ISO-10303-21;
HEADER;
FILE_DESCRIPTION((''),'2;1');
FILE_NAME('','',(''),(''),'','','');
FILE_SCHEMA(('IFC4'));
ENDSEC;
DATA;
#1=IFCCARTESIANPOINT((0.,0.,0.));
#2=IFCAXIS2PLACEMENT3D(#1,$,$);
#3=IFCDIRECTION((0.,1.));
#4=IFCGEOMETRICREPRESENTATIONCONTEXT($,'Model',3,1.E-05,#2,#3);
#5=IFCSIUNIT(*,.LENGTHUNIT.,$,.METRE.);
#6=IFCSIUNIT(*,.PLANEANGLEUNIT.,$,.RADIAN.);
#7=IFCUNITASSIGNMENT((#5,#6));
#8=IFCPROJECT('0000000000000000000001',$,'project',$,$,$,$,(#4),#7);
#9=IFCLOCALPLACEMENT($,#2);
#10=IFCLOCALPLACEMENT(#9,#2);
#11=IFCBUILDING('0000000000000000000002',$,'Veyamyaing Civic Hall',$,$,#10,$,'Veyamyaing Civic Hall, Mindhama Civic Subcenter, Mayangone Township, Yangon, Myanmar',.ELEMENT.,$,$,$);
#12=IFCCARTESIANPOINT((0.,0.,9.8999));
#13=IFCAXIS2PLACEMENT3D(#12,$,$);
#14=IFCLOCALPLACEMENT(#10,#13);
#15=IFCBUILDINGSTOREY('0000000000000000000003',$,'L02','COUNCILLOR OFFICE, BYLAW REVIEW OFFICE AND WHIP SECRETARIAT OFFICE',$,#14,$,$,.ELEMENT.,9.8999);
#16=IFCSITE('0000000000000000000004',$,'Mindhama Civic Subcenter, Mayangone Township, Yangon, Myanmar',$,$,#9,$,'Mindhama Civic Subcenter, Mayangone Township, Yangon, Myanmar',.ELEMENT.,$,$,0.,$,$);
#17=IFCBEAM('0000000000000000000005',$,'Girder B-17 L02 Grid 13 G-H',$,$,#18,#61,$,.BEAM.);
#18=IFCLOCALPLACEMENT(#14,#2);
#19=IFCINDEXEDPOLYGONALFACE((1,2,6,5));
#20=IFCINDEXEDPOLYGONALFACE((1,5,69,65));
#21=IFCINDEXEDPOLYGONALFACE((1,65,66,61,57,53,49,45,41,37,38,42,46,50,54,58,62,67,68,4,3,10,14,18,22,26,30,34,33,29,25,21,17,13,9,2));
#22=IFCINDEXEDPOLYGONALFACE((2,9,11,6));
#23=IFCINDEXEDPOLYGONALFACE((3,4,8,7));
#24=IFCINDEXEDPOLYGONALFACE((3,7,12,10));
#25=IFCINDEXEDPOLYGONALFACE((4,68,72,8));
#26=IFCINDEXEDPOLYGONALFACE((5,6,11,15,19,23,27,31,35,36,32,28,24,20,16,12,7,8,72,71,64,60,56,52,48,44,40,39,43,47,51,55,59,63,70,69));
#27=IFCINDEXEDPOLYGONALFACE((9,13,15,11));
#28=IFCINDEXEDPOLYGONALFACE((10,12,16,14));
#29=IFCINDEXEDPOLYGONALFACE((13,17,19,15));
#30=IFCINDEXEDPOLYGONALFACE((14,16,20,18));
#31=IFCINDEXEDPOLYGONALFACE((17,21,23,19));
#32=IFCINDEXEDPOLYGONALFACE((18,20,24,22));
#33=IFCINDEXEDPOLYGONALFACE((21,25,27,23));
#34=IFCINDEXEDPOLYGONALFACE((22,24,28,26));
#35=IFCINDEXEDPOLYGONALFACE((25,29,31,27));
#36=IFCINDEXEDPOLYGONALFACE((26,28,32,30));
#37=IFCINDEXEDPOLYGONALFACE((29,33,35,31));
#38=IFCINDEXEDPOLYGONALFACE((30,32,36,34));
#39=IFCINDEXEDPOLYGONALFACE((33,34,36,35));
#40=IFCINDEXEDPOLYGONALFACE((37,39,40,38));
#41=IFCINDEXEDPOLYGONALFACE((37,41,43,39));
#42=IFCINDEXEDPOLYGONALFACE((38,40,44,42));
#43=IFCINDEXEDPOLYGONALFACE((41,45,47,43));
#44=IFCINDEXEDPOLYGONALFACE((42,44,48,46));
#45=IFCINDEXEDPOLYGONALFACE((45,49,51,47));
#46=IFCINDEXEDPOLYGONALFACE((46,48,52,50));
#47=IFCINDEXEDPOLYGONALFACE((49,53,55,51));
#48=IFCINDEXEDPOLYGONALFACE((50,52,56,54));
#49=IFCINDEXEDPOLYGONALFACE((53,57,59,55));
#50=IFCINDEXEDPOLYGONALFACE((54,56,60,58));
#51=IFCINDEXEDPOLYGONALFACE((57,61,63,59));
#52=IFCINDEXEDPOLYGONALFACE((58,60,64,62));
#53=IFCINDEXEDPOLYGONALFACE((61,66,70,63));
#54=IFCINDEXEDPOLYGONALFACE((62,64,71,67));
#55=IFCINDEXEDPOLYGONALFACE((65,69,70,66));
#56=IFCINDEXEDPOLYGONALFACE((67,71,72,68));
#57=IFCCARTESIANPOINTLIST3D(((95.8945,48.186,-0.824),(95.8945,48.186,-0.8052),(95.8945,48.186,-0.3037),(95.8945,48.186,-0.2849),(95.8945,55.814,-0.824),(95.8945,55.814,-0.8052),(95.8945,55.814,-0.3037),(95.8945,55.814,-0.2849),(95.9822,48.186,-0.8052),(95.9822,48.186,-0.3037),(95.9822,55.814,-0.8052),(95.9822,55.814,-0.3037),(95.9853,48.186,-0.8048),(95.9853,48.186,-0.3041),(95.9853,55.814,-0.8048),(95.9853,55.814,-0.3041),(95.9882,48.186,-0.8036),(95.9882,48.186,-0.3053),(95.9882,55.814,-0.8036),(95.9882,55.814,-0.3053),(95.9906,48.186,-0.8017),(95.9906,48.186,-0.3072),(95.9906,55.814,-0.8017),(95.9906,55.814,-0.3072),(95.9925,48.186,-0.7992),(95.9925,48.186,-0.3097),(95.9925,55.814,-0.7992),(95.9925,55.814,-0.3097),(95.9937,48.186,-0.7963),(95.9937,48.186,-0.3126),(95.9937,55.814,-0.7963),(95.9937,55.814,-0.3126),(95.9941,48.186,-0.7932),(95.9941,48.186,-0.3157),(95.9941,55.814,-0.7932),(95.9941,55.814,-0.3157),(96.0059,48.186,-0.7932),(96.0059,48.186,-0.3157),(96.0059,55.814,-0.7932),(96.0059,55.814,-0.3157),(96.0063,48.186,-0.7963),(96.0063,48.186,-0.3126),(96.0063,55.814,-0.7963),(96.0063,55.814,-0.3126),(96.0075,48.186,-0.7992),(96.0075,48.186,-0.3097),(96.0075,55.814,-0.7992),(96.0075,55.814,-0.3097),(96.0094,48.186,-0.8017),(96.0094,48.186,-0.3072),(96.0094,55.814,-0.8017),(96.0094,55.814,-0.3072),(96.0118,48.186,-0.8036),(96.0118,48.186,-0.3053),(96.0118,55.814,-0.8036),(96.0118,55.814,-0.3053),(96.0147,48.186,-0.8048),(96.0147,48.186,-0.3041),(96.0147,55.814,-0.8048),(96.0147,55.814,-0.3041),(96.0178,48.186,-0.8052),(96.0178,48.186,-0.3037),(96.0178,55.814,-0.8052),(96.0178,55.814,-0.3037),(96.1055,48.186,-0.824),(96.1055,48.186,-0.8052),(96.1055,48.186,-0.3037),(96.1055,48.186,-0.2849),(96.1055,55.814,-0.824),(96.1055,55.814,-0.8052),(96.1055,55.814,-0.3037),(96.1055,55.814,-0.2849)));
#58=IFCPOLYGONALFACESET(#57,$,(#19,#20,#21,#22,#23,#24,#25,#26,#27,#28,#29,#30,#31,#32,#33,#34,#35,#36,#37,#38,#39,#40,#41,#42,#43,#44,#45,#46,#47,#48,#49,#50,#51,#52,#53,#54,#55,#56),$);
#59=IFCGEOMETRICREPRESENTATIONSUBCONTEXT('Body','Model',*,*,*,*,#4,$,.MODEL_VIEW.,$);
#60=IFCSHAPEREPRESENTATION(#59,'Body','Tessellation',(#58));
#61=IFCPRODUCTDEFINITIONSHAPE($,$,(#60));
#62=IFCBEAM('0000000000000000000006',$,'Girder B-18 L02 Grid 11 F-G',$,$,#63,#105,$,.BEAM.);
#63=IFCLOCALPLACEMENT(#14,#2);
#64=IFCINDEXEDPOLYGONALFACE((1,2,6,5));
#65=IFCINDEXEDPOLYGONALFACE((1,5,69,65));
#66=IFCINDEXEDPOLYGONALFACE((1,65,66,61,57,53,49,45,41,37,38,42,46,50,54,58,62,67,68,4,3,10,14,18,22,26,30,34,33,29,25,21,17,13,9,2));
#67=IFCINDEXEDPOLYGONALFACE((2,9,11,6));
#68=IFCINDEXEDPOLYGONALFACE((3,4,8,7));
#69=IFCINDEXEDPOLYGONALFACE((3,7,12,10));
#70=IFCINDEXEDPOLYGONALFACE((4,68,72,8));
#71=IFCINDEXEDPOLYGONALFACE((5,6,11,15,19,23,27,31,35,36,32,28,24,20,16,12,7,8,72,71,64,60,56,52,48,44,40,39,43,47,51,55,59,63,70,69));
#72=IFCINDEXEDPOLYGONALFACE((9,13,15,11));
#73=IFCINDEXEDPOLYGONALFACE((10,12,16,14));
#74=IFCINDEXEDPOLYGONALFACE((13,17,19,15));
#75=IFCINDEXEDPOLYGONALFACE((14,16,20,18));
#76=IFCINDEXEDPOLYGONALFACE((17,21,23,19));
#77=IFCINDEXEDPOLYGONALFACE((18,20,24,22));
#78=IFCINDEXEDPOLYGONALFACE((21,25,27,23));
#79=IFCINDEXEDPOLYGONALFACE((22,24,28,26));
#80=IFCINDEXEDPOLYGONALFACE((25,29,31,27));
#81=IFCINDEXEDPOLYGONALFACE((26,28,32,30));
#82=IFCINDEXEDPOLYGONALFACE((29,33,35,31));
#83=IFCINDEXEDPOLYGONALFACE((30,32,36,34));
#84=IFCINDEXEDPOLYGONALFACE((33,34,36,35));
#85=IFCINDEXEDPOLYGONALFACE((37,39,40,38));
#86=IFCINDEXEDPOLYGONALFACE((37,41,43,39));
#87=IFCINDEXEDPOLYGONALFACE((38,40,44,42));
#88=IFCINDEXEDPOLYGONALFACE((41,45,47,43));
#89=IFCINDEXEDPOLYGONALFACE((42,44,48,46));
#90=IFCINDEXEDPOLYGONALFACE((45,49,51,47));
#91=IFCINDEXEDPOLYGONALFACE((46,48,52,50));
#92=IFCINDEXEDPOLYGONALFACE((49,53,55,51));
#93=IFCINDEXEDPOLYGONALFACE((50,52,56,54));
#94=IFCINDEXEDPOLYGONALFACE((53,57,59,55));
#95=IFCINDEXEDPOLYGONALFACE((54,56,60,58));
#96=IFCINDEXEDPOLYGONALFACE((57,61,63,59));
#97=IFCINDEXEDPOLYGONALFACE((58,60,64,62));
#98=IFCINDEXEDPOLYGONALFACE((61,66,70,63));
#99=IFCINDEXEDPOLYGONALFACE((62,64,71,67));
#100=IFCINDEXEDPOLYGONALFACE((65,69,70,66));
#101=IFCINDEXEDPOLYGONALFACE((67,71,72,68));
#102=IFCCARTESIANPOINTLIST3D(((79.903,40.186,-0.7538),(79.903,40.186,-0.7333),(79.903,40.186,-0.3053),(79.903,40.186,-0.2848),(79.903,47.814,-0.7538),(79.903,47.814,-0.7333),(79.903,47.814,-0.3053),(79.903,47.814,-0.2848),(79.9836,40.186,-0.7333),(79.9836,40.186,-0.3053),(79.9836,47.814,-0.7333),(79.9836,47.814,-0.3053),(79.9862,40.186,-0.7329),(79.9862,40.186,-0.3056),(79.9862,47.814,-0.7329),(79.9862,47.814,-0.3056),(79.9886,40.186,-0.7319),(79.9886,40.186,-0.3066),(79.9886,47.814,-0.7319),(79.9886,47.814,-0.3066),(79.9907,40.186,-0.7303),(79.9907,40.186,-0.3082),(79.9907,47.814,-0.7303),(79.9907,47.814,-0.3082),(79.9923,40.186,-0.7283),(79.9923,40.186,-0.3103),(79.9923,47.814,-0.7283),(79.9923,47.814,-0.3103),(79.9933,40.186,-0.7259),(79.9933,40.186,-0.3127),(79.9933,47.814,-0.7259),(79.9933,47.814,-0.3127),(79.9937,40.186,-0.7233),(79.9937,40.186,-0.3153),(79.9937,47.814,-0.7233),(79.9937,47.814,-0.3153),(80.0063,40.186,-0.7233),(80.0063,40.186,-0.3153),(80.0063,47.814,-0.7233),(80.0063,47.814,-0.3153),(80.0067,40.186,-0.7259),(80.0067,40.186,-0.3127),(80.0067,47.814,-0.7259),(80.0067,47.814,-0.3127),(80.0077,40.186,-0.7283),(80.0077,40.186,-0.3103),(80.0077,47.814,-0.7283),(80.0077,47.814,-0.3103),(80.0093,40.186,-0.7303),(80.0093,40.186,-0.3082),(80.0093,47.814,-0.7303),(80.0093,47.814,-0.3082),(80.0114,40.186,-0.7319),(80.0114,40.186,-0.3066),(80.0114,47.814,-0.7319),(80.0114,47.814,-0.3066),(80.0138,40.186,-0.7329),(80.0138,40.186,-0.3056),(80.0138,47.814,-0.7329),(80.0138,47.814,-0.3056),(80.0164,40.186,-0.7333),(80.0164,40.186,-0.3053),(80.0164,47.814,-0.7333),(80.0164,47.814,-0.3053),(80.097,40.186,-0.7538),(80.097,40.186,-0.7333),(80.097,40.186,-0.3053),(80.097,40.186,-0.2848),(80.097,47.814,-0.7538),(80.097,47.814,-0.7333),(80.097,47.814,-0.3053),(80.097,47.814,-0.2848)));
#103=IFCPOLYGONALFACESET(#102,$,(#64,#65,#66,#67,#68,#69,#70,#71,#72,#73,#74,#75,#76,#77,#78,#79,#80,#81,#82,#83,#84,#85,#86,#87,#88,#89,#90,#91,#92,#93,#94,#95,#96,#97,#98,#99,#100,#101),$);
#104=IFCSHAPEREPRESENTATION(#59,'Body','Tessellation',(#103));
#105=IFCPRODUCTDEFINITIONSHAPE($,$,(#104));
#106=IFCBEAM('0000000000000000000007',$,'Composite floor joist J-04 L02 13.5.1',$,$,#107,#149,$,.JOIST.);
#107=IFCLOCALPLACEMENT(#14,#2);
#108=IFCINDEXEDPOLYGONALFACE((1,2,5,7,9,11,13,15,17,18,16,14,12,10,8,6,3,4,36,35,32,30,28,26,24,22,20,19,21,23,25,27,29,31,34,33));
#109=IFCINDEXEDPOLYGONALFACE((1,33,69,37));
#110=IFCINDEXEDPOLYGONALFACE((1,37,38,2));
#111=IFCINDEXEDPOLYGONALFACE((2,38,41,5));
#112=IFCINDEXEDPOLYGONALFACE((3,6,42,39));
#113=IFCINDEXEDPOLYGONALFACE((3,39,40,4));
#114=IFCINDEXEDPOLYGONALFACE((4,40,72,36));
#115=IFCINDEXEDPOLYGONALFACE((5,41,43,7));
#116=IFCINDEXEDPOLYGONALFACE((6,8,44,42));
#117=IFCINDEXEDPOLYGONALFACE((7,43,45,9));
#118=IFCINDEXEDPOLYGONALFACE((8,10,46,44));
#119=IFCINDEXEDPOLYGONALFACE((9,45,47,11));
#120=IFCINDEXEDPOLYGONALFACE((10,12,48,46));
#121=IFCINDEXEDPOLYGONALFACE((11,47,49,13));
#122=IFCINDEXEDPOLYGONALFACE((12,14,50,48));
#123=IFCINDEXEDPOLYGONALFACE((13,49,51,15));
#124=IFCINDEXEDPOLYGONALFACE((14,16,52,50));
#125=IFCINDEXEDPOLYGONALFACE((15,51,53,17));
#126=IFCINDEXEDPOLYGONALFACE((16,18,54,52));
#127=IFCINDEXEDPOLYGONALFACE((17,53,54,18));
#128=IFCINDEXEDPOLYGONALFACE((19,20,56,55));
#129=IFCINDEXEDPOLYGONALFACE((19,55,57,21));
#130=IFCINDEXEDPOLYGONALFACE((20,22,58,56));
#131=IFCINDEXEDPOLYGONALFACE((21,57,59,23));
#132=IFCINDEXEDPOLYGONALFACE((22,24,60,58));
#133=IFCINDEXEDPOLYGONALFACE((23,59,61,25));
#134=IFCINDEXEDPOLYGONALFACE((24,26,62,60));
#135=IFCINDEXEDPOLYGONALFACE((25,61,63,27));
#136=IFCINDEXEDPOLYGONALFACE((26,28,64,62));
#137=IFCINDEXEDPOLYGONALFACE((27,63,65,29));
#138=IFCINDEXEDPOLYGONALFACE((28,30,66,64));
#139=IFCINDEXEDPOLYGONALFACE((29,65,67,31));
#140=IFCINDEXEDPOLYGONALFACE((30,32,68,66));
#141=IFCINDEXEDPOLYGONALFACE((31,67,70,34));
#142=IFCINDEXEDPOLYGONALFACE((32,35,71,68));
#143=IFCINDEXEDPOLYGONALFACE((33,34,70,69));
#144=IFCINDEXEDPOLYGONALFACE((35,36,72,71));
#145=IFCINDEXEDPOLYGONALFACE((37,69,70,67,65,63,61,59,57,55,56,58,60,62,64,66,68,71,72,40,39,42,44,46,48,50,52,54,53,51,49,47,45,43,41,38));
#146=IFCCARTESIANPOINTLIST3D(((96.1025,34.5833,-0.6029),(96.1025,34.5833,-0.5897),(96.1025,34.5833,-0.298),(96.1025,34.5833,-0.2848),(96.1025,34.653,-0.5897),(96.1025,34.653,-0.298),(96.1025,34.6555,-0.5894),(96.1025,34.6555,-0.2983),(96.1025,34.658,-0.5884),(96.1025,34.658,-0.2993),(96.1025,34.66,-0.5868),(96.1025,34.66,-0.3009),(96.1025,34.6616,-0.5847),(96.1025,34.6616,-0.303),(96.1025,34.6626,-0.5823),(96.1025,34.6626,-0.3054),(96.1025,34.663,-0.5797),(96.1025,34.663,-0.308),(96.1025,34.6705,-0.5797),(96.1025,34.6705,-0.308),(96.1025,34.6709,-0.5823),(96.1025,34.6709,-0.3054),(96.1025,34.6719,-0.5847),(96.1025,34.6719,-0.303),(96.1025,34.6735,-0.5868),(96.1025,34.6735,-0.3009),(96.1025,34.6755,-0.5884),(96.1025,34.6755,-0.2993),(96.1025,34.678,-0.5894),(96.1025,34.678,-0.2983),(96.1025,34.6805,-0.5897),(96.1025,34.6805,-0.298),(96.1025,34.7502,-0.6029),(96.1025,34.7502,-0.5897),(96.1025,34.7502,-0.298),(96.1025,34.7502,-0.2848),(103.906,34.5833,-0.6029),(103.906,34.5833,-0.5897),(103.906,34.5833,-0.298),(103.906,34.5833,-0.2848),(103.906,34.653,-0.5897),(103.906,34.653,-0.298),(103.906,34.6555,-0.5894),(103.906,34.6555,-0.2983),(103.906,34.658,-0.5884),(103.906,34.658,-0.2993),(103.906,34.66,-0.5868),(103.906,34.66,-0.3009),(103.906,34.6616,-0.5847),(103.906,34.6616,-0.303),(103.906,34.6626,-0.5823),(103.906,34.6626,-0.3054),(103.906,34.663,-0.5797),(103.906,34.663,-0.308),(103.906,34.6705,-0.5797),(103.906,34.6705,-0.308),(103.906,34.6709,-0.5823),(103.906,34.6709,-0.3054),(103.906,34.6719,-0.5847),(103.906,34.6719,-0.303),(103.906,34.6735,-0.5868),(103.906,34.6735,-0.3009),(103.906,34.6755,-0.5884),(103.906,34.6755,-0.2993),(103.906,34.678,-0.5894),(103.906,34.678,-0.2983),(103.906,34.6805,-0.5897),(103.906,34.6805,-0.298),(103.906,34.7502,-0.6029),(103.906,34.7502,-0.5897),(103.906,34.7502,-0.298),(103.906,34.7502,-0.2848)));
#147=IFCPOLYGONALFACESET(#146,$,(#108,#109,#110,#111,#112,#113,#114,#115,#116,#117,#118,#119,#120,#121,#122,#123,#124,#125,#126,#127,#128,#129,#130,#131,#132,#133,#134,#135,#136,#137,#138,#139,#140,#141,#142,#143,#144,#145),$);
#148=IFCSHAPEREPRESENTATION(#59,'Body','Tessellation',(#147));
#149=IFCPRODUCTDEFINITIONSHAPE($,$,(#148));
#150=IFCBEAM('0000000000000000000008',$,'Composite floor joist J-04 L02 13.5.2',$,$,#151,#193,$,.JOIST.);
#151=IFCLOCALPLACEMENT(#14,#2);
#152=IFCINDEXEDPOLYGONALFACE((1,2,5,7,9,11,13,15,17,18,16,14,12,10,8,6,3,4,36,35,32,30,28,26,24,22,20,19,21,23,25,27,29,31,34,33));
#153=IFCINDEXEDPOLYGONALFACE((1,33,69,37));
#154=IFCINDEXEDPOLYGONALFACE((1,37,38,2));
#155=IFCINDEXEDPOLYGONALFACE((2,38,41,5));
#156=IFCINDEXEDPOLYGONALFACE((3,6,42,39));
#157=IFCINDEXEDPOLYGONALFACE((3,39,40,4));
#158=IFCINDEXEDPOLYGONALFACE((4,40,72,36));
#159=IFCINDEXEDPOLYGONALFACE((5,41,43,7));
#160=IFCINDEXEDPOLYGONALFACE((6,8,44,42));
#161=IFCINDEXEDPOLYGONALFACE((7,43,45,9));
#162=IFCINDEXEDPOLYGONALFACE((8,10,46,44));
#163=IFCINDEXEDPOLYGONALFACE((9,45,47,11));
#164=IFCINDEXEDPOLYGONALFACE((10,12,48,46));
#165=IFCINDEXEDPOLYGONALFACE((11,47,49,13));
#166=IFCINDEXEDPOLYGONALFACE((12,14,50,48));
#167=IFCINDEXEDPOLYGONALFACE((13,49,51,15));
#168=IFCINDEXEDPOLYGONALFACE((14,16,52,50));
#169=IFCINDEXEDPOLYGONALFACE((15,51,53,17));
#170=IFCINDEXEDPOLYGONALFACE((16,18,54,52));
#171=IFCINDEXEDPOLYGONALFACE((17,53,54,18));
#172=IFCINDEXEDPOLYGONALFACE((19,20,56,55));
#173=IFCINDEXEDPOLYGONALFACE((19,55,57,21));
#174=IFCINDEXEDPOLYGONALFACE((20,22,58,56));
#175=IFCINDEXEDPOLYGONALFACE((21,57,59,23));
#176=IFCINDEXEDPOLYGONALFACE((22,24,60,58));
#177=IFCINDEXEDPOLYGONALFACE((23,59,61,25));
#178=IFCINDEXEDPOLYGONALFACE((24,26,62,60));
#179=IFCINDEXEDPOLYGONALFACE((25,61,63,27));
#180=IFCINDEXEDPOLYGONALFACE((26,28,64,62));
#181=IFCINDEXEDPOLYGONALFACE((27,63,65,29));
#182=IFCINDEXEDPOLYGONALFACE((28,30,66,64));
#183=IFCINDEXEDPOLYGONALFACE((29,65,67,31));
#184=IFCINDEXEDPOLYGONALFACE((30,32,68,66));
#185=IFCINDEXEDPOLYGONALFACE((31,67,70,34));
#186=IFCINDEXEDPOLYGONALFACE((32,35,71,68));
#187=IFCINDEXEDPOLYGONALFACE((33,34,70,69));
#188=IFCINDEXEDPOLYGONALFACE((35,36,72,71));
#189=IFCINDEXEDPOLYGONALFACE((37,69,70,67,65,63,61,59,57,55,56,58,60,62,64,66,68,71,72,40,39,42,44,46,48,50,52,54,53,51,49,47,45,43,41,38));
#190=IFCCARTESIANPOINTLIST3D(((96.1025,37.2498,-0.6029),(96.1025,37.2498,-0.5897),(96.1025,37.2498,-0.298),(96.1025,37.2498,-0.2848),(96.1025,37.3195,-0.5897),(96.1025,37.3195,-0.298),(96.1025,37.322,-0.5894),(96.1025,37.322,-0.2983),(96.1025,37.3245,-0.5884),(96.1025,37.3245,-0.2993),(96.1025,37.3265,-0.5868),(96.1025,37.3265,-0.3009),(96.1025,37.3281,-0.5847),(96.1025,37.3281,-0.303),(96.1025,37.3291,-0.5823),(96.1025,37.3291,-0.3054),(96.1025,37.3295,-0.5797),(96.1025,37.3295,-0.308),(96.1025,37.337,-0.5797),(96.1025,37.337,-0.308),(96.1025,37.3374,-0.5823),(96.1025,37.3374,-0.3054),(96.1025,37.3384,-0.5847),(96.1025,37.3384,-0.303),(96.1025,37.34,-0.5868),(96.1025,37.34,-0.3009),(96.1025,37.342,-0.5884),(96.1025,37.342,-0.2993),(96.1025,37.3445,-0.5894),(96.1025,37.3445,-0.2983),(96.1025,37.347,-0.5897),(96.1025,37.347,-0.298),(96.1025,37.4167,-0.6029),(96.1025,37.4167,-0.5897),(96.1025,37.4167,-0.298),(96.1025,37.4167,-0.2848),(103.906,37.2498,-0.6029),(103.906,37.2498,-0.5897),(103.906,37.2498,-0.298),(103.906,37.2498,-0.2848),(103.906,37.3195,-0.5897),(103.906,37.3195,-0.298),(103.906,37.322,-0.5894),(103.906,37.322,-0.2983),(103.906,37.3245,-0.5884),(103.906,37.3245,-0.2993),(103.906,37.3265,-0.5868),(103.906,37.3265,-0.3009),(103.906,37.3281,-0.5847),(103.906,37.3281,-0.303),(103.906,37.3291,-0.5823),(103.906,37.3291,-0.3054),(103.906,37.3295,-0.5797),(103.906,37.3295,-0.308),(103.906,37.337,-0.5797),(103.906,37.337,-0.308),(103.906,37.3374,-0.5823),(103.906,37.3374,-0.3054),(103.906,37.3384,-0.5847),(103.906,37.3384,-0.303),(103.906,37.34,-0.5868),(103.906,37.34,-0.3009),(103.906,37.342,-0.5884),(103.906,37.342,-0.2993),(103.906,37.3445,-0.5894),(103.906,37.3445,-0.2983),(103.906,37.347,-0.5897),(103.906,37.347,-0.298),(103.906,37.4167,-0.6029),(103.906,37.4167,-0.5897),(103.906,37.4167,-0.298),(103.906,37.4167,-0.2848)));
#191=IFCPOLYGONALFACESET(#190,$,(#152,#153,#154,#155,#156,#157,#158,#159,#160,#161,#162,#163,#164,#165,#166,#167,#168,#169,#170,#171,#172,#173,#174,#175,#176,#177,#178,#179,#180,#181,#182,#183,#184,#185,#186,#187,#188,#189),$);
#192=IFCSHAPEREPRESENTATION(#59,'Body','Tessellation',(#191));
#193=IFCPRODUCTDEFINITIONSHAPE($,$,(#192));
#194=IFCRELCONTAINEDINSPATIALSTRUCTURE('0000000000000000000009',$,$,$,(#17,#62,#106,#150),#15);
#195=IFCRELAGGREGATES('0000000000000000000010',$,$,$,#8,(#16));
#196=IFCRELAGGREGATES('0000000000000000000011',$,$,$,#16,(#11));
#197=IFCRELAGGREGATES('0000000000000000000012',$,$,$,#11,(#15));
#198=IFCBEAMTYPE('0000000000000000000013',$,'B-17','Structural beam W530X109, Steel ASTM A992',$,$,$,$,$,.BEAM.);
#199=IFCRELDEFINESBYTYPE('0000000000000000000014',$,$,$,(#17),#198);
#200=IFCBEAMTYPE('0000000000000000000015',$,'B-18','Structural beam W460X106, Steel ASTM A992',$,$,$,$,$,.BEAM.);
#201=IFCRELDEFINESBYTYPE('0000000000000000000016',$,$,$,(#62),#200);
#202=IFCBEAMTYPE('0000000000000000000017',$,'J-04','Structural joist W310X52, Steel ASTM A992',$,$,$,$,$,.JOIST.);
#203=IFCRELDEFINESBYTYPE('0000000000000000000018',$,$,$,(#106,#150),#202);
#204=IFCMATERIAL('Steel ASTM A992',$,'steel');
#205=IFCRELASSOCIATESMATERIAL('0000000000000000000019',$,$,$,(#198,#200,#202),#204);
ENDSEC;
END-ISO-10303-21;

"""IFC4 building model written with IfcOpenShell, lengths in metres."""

from ifc_helpers import new_model, si_unit, direction, frame, origin, origin_2d, place, context, subcontext, project, spatial, i_section, extrude, material, material_profile, profile_set, type_object, element, save


model = new_model("IFC4")

# Units and contexts
model_context = context("Model", 3, precision=1e-05, world=origin(), true_north=direction((0.0, 1.0)))
body_context = subcontext(model_context, "Body", "Model", "MODEL_VIEW")
ifc_project = project(units=[si_unit("LENGTHUNIT", "METRE"), si_unit("PLANEANGLEUNIT", "RADIAN")], contexts=[model_context])

# Site, building, storey
site_placement = place(None, origin())
site = spatial("IfcSite", under=ifc_project, at=site_placement, Name="Mindhama Civic Subcenter, Mayangone Township, Yangon, Myanmar", LongName="Mindhama Civic Subcenter, Mayangone Township, Yangon, Myanmar", CompositionType="ELEMENT", RefElevation=0.0)
building_placement = place(site_placement, origin())
building = spatial("IfcBuilding", under=site, at=building_placement, Name="Veyamyaing Civic Hall", LongName="Veyamyaing Civic Hall, Mindhama Civic Subcenter, Mayangone Township, Yangon, Myanmar", CompositionType="ELEMENT")
storey_placement = place(building_placement, frame((0.0, 0.0, 9.8999)))
storey = spatial("IfcBuildingStorey", under=building, at=storey_placement, Name="L02", Description="COUNCILLOR OFFICE, BYLAW REVIEW OFFICE AND WHIP SECRETARIAT OFFICE", CompositionType="ELEMENT", Elevation=9.8999)

# Beams
ifc_material_1 = material(Name="Steel ASTM A992", Category="steel")
ifc_material_profile_1 = material_profile(ifc_material_1, i_section(OverallWidth=0.2109, OverallDepth=0.5391, WebThickness=0.0117, FlangeThickness=0.0188, FilletRadius=0.012, at=origin_2d()), Name="W530X109")
ifc_profile_set_1 = profile_set([ifc_material_profile_1], Name="Steel ASTM A992")
beam_type_1 = type_object("IfcBeamType", Name="B-17", Description="Structural beam W530X109, Steel ASTM A992", PredefinedType="BEAM", material=ifc_profile_set_1)
for number, where, z_axis, x_axis, name in (
    (1, (96.0, 48.186, -0.5544), (0.0, 1.0, 0.0), (-1.0, 0.0, 0.0), "Girder B-17 L02 Grid 13 G-H"),
):
    element("IfcBeam", number, at=place(storey_placement, frame(where, z_axis=z_axis, x_axis=x_axis)), inside=storey, type_object=beam_type_1, Name=name, PredefinedType="BEAM", context=body_context, shape_type="SweptSolid", body=[
        extrude(i_section(OverallWidth=0.2109, OverallDepth=0.5391, WebThickness=0.0117, FlangeThickness=0.0188, FilletRadius=0.012, at=origin_2d()), origin(), (0.0, 0.0, 1.0), 7.6279),
    ])
ifc_material_profile_2 = material_profile(ifc_material_1, i_section(OverallWidth=0.1941, OverallDepth=0.469, WebThickness=0.0127, FlangeThickness=0.0205, FilletRadius=0.01, at=origin_2d()), Name="W460X106")
ifc_profile_set_2 = profile_set([ifc_material_profile_2], Name="Steel ASTM A992")
beam_type_2 = type_object("IfcBeamType", Name="B-18", Description="Structural beam W460X106, Steel ASTM A992", PredefinedType="BEAM", material=ifc_profile_set_2)
beam_1_placement = place(storey_placement, frame((80.0, 40.186, -0.5193), z_axis=(0.0, 1.0, 0.0), x_axis=(-1.0, 0.0, 0.0)))
element("IfcBeam", 2, at=beam_1_placement, inside=storey, type_object=beam_type_2, Name="Girder B-18 L02 Grid 11 F-G", PredefinedType="BEAM", context=body_context, shape_type="SweptSolid", body=[
    extrude(i_section(OverallWidth=0.1941, OverallDepth=0.469, WebThickness=0.0127, FlangeThickness=0.0205, FilletRadius=0.01, at=origin_2d()), origin(), (0.0, 0.0, 1.0), 7.6279),
])
ifc_material_profile_3 = material_profile(ifc_material_1, i_section(OverallWidth=0.167, OverallDepth=0.3181, WebThickness=0.0076, FlangeThickness=0.0132, FilletRadius=0.01, at=origin_2d()), Name="W310X52")
ifc_profile_set_3 = profile_set([ifc_material_profile_3], Name="Steel ASTM A992")
beam_type_3 = type_object("IfcBeamType", Name="J-04", Description="Structural joist W310X52, Steel ASTM A992", PredefinedType="JOIST", material=ifc_profile_set_3)
for number, where, z_axis, x_axis, name in (
    (3, (96.1025, 34.6667, -0.4438), (1.0, 0.0, 0.0), (0.0, 1.0, 0.0), "Composite floor joist J-04 L02 13.5.1"),
    (4, (96.1025, 37.3333, -0.4438), (1.0, 0.0, 0.0), (0.0, 1.0, 0.0), "Composite floor joist J-04 L02 13.5.2"),
):
    element("IfcBeam", number, at=place(storey_placement, frame(where, z_axis=z_axis, x_axis=x_axis)), inside=storey, type_object=beam_type_3, Name=name, PredefinedType="JOIST", context=body_context, shape_type="SweptSolid", body=[
        extrude(i_section(OverallWidth=0.167, OverallDepth=0.3181, WebThickness=0.0076, FlangeThickness=0.0132, FilletRadius=0.01, at=origin_2d()), origin(), (0.0, 0.0, 1.0), 7.8035),
    ])

save(model, "model.ifc")
